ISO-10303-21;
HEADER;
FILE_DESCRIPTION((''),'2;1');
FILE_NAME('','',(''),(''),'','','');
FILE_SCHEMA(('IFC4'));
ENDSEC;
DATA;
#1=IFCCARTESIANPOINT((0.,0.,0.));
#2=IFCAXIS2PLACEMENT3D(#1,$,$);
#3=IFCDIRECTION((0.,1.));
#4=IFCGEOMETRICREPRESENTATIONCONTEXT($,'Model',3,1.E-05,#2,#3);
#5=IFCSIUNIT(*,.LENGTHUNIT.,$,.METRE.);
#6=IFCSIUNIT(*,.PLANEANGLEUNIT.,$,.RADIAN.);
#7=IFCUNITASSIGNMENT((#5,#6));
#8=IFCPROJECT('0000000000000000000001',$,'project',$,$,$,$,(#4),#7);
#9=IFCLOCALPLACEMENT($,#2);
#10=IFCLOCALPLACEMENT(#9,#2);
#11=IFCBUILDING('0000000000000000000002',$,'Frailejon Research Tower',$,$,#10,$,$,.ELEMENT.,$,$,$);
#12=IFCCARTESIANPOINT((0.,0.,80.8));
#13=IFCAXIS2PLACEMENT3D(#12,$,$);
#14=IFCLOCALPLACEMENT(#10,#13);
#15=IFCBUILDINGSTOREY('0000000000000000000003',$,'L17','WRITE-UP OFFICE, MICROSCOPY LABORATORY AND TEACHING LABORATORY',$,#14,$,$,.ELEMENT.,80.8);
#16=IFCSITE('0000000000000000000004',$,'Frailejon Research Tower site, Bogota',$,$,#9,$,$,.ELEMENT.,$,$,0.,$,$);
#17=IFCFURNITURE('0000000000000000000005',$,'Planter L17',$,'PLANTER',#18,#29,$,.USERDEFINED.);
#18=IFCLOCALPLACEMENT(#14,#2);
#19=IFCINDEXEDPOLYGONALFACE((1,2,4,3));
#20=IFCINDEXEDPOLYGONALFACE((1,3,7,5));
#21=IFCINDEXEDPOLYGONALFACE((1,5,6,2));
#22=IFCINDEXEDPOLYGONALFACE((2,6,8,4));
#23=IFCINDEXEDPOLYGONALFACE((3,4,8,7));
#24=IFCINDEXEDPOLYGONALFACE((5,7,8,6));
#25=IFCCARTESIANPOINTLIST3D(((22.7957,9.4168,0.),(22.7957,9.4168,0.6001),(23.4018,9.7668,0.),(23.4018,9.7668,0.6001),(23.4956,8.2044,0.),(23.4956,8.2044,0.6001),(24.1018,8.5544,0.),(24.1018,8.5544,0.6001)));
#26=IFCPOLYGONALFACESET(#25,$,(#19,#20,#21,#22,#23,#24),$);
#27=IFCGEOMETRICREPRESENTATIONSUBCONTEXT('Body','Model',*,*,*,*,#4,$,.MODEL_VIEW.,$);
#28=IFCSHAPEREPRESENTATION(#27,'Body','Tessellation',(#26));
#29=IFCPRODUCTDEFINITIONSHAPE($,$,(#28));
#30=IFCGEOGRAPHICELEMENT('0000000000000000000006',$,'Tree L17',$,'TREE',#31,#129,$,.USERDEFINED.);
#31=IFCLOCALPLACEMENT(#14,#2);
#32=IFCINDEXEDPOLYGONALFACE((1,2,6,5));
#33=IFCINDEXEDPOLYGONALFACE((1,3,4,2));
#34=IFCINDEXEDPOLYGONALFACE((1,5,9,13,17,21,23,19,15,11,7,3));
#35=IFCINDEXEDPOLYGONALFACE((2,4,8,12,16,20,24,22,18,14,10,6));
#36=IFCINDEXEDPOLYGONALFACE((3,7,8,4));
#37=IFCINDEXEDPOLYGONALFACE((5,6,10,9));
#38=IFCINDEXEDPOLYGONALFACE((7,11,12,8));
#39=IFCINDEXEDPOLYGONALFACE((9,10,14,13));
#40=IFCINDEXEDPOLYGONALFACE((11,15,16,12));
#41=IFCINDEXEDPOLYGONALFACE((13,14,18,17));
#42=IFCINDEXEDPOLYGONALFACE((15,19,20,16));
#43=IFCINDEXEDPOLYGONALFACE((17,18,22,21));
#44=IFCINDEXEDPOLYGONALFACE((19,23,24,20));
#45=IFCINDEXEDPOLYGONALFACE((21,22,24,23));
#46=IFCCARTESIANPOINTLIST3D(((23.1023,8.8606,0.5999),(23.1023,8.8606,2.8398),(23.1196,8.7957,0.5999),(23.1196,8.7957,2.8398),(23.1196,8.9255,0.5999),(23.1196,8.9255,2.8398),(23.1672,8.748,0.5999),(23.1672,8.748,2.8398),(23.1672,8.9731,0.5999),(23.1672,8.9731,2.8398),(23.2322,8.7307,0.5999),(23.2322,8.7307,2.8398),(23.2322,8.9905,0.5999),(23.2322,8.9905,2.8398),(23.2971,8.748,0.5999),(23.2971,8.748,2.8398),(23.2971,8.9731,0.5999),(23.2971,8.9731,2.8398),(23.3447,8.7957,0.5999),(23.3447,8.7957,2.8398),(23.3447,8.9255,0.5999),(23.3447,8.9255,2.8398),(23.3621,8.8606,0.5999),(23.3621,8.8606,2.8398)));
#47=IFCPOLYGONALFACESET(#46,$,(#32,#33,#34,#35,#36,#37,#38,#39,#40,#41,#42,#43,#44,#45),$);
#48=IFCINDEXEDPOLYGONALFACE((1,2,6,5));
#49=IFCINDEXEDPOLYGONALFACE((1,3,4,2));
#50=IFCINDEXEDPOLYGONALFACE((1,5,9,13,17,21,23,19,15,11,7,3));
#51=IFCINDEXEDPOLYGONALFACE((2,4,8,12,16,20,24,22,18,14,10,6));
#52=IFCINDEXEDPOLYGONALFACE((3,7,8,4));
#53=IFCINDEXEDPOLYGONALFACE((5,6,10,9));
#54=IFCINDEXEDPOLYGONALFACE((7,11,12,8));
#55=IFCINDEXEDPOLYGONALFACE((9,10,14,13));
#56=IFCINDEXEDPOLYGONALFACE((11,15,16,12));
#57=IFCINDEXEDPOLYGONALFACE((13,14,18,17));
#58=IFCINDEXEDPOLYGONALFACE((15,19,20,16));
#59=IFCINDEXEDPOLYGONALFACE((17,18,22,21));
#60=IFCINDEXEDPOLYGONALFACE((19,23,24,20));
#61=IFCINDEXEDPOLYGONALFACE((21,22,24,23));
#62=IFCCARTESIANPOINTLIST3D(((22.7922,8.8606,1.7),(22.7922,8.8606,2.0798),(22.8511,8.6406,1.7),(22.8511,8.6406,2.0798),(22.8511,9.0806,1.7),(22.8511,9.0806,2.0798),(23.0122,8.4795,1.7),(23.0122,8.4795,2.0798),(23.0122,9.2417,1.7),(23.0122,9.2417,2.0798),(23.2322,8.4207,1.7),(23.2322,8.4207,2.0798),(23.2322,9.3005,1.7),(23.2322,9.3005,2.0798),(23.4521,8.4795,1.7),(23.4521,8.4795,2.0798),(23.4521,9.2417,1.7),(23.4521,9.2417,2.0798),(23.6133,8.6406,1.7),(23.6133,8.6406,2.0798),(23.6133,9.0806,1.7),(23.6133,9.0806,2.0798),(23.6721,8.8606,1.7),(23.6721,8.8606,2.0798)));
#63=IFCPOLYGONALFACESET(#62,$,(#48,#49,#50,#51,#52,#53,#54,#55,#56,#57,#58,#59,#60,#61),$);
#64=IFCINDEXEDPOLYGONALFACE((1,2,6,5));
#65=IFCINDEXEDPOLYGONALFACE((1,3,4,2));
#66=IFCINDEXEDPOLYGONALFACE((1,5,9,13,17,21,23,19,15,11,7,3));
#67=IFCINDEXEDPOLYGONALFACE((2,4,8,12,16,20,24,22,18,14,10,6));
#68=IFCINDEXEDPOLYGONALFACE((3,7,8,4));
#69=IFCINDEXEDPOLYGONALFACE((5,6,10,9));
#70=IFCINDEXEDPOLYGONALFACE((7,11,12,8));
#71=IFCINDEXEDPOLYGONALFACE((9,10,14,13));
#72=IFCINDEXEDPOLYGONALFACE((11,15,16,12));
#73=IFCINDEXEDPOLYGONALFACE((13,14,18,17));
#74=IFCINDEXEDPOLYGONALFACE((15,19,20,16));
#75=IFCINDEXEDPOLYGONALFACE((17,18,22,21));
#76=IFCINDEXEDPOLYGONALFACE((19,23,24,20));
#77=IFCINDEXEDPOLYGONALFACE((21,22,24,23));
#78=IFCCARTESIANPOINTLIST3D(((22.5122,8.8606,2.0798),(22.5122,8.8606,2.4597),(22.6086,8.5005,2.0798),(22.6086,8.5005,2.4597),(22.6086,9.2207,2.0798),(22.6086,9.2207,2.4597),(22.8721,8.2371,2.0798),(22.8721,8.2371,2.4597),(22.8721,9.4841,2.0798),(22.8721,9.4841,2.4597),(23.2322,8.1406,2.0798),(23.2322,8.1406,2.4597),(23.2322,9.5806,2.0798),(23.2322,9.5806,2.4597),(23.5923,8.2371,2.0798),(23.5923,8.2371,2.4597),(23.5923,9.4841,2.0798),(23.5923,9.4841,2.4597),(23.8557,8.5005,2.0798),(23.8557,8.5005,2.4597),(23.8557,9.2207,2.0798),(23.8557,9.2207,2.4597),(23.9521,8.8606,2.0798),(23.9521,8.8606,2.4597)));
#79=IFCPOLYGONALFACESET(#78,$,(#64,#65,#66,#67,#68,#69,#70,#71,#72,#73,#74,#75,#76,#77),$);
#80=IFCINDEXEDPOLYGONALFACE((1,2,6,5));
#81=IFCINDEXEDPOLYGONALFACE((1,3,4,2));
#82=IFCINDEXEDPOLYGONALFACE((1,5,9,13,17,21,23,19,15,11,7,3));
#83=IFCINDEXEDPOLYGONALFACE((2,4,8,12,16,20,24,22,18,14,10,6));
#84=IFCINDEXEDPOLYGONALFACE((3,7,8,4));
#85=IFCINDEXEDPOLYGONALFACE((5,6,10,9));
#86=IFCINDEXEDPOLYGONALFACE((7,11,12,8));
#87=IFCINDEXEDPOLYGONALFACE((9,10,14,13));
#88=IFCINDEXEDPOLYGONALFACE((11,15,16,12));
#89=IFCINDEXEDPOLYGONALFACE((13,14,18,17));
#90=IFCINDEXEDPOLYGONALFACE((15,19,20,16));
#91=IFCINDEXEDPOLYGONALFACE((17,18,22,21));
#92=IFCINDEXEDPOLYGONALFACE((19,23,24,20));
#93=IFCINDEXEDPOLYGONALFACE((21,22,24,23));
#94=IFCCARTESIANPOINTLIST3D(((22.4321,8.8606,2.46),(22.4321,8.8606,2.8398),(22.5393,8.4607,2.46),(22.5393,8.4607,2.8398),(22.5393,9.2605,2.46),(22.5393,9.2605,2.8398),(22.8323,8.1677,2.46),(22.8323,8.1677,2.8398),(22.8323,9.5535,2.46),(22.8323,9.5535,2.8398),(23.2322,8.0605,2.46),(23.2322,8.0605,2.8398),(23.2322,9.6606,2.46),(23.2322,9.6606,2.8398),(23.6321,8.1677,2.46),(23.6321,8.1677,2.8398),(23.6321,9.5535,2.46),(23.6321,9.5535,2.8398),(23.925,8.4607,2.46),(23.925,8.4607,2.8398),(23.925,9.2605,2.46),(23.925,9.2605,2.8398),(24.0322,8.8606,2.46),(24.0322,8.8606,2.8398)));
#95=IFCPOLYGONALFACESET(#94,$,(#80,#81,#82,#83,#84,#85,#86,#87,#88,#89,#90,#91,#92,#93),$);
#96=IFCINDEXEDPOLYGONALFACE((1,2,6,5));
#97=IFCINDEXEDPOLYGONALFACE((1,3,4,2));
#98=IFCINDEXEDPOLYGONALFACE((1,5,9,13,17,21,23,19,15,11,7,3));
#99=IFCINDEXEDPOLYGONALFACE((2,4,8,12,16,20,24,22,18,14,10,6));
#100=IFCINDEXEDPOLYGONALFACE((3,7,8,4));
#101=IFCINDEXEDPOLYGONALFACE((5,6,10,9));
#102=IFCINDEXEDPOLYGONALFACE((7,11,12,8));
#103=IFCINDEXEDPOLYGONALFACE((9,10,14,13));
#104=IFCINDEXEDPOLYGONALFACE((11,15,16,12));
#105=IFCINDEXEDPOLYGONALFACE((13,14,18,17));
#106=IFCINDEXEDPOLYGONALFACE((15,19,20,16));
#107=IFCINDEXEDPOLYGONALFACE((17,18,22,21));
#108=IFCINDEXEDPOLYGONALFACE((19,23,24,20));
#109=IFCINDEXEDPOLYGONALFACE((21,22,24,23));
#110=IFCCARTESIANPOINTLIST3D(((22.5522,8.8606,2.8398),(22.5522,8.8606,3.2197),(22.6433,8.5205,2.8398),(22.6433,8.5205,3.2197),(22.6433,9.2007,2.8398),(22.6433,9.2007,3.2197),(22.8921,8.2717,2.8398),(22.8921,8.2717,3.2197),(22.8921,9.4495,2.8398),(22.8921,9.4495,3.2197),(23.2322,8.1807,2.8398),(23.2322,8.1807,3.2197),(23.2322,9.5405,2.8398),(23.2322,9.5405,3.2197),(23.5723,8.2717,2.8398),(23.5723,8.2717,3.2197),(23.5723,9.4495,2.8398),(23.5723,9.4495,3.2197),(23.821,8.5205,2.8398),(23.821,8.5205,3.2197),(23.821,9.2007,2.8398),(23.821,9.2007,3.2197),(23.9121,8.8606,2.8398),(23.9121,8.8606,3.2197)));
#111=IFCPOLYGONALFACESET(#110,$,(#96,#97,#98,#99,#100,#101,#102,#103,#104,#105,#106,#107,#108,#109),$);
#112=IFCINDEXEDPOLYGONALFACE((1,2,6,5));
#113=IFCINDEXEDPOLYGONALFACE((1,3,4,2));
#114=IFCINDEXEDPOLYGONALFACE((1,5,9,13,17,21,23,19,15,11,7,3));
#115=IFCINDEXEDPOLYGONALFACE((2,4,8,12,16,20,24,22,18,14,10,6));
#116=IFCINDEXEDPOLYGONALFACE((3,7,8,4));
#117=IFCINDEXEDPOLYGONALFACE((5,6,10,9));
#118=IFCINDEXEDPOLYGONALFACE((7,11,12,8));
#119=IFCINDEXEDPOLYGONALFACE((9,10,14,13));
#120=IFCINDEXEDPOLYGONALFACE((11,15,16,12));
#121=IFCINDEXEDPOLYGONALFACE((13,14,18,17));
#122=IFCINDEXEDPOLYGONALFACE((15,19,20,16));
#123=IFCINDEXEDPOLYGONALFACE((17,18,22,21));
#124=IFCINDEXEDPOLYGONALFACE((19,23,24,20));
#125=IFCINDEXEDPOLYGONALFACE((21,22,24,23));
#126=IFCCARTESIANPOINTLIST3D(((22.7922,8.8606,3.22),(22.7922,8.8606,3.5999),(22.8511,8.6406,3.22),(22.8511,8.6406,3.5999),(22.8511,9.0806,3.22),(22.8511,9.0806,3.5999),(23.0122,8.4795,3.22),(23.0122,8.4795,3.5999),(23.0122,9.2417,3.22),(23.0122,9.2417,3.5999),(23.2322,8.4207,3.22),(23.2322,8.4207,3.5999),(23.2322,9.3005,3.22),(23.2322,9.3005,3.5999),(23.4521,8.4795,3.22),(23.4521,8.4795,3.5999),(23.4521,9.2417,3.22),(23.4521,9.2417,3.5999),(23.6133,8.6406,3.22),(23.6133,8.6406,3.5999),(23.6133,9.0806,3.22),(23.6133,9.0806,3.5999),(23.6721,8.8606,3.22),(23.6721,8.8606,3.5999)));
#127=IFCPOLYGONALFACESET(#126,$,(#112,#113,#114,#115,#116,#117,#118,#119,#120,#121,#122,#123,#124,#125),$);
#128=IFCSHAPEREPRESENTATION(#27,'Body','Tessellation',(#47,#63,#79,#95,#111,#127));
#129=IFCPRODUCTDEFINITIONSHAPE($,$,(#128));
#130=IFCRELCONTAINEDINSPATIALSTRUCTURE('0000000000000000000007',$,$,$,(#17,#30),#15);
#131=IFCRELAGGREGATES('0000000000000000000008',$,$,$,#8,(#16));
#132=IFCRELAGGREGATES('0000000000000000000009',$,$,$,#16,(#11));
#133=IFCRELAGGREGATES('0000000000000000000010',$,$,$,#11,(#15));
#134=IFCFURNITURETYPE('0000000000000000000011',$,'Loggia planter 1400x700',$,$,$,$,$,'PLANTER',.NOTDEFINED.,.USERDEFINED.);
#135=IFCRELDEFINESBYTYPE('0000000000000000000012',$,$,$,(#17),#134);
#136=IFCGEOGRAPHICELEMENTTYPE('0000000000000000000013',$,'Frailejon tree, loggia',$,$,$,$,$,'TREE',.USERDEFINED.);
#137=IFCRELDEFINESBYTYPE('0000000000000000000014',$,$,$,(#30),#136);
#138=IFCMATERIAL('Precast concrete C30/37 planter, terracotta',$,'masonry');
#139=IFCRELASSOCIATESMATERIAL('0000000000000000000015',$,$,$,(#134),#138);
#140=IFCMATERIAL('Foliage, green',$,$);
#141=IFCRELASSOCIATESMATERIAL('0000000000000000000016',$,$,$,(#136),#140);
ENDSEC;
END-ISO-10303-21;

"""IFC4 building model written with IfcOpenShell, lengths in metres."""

from ifc_helpers import new_model, si_unit, direction, frame, origin, origin_2d, place, context, subcontext, project, spatial, polyline, rectangle, outline, extrude, material, type_object, element, save


model = new_model("IFC4")

# Units and contexts
model_context = context("Model", 3, precision=1e-05, world=origin(), true_north=direction((0.0, 1.0)))
body_context = subcontext(model_context, "Body", "Model", "MODEL_VIEW")
ifc_project = project(units=[si_unit("LENGTHUNIT", "METRE"), si_unit("PLANEANGLEUNIT", "RADIAN")], contexts=[model_context])

# Site, building, storey
site_placement = place(None, origin())
site = spatial("IfcSite", under=ifc_project, at=site_placement, Name="Frailejon Research Tower site, Bogota", CompositionType="ELEMENT", RefElevation=0.0)
building_placement = place(site_placement, origin())
building = spatial("IfcBuilding", under=site, at=building_placement, Name="Frailejon Research Tower", CompositionType="ELEMENT")
storey_placement = place(building_placement, frame((0.0, 0.0, 80.8)))
storey = spatial("IfcBuildingStorey", under=building, at=storey_placement, Name="L17", Description="WRITE-UP OFFICE, MICROSCOPY LABORATORY AND TEACHING LABORATORY", CompositionType="ELEMENT", Elevation=80.8)

# Furniture
ifc_material_1 = material(Name="Precast concrete C30/37 planter, terracotta", Category="masonry")
furniture_type = type_object("IfcFurnitureType", Name="Loggia planter 1400x700", ElementType="PLANTER", AssemblyPlace="NOTDEFINED", PredefinedType="USERDEFINED", material=ifc_material_1)
furniture_placement = place(storey_placement, frame((23.4487, 8.9856, 0.0), z_axis=(0.0, 0.0, 1.0), x_axis=(-0.5, 0.866025, 0.0)))
element("IfcFurniture", 1, at=furniture_placement, inside=storey, type_object=furniture_type, Name="Planter L17", ObjectType="PLANTER", PredefinedType="USERDEFINED", context=body_context, shape_type="SweptSolid", body=[
    extrude(rectangle(XDim=1.3999, YDim=0.7, at=origin_2d()), origin(), (0.0, 0.0, 1.0), 0.6001),
])

# Geographic element
ifc_material_2 = material(Name="Foliage, green")
geographic_element_type = type_object("IfcGeographicElementType", Name="Frailejon tree, loggia", ElementType="TREE", PredefinedType="USERDEFINED", material=ifc_material_2)
geographic_element_placement = place(storey_placement, frame((23.2322, 8.8606, 0.5999)))
element("IfcGeographicElement", 2, at=geographic_element_placement, inside=storey, type_object=geographic_element_type, Name="Tree L17", ObjectType="TREE", PredefinedType="USERDEFINED", context=body_context, shape_type="SweptSolid", body=[
    extrude(outline(polyline([(0.1299, 0.0), (0.1125, 0.0649), (0.0649, 0.1125), (0.0, 0.1299), (-0.0649, 0.1125), (-0.1125, 0.0649), (-0.1299, 0.0), (-0.1125, -0.0649), (-0.0649, -0.1125), (0.0, -0.1299), (0.0649, -0.1125), (0.1125, -0.0649), (0.1299, 0.0)])), origin(), (0.0, 0.0, 1.0), 2.24),
    extrude(outline(polyline([(0.4399, 0.0), (0.3811, 0.22), (0.22, 0.3811), (0.0, 0.4399), (-0.22, 0.3811), (-0.3811, 0.22), (-0.4399, 0.0), (-0.3811, -0.22), (-0.22, -0.3811), (0.0, -0.4399), (0.22, -0.3811), (0.3811, -0.22), (0.4399, 0.0)])), frame((0.0, 0.0, 1.1001)), (0.0, 0.0, 1.0), 0.3799),
    extrude(outline(polyline([(0.72, 0.0), (0.6235, 0.3601), (0.3601, 0.6235), (0.0, 0.72), (-0.3601, 0.6235), (-0.6235, 0.3601), (-0.72, 0.0), (-0.6235, -0.3601), (-0.3601, -0.6235), (0.0, -0.72), (0.3601, -0.6235), (0.6235, -0.3601), (0.72, 0.0)])), frame((0.0, 0.0, 1.48)), (0.0, 0.0, 1.0), 0.3799),
    extrude(outline(polyline([(0.8, 0.0), (0.6929, 0.3999), (0.3999, 0.6929), (0.0, 0.8), (-0.3999, 0.6929), (-0.6929, 0.3999), (-0.8, 0.0), (-0.6929, -0.3999), (-0.3999, -0.6929), (0.0, -0.8), (0.3999, -0.6929), (0.6929, -0.3999), (0.8, 0.0)])), frame((0.0, 0.0, 1.8601)), (0.0, 0.0, 1.0), 0.3799),
    extrude(outline(polyline([(0.6799, 0.0), (0.5889, 0.3401), (0.3401, 0.5889), (0.0, 0.6799), (-0.3401, 0.5889), (-0.5889, 0.3401), (-0.6799, 0.0), (-0.5889, -0.3401), (-0.3401, -0.5889), (0.0, -0.6799), (0.3401, -0.5889), (0.5889, -0.3401), (0.6799, 0.0)])), frame((0.0, 0.0, 2.24)), (0.0, 0.0, 1.0), 0.3799),
    extrude(outline(polyline([(0.4399, 0.0), (0.3811, 0.22), (0.22, 0.3811), (0.0, 0.4399), (-0.22, 0.3811), (-0.3811, 0.22), (-0.4399, 0.0), (-0.3811, -0.22), (-0.22, -0.3811), (0.0, -0.4399), (0.22, -0.3811), (0.3811, -0.22), (0.4399, 0.0)])), frame((0.0, 0.0, 2.6201)), (0.0, 0.0, 1.0), 0.3799),
])

save(model, "model.ifc")
